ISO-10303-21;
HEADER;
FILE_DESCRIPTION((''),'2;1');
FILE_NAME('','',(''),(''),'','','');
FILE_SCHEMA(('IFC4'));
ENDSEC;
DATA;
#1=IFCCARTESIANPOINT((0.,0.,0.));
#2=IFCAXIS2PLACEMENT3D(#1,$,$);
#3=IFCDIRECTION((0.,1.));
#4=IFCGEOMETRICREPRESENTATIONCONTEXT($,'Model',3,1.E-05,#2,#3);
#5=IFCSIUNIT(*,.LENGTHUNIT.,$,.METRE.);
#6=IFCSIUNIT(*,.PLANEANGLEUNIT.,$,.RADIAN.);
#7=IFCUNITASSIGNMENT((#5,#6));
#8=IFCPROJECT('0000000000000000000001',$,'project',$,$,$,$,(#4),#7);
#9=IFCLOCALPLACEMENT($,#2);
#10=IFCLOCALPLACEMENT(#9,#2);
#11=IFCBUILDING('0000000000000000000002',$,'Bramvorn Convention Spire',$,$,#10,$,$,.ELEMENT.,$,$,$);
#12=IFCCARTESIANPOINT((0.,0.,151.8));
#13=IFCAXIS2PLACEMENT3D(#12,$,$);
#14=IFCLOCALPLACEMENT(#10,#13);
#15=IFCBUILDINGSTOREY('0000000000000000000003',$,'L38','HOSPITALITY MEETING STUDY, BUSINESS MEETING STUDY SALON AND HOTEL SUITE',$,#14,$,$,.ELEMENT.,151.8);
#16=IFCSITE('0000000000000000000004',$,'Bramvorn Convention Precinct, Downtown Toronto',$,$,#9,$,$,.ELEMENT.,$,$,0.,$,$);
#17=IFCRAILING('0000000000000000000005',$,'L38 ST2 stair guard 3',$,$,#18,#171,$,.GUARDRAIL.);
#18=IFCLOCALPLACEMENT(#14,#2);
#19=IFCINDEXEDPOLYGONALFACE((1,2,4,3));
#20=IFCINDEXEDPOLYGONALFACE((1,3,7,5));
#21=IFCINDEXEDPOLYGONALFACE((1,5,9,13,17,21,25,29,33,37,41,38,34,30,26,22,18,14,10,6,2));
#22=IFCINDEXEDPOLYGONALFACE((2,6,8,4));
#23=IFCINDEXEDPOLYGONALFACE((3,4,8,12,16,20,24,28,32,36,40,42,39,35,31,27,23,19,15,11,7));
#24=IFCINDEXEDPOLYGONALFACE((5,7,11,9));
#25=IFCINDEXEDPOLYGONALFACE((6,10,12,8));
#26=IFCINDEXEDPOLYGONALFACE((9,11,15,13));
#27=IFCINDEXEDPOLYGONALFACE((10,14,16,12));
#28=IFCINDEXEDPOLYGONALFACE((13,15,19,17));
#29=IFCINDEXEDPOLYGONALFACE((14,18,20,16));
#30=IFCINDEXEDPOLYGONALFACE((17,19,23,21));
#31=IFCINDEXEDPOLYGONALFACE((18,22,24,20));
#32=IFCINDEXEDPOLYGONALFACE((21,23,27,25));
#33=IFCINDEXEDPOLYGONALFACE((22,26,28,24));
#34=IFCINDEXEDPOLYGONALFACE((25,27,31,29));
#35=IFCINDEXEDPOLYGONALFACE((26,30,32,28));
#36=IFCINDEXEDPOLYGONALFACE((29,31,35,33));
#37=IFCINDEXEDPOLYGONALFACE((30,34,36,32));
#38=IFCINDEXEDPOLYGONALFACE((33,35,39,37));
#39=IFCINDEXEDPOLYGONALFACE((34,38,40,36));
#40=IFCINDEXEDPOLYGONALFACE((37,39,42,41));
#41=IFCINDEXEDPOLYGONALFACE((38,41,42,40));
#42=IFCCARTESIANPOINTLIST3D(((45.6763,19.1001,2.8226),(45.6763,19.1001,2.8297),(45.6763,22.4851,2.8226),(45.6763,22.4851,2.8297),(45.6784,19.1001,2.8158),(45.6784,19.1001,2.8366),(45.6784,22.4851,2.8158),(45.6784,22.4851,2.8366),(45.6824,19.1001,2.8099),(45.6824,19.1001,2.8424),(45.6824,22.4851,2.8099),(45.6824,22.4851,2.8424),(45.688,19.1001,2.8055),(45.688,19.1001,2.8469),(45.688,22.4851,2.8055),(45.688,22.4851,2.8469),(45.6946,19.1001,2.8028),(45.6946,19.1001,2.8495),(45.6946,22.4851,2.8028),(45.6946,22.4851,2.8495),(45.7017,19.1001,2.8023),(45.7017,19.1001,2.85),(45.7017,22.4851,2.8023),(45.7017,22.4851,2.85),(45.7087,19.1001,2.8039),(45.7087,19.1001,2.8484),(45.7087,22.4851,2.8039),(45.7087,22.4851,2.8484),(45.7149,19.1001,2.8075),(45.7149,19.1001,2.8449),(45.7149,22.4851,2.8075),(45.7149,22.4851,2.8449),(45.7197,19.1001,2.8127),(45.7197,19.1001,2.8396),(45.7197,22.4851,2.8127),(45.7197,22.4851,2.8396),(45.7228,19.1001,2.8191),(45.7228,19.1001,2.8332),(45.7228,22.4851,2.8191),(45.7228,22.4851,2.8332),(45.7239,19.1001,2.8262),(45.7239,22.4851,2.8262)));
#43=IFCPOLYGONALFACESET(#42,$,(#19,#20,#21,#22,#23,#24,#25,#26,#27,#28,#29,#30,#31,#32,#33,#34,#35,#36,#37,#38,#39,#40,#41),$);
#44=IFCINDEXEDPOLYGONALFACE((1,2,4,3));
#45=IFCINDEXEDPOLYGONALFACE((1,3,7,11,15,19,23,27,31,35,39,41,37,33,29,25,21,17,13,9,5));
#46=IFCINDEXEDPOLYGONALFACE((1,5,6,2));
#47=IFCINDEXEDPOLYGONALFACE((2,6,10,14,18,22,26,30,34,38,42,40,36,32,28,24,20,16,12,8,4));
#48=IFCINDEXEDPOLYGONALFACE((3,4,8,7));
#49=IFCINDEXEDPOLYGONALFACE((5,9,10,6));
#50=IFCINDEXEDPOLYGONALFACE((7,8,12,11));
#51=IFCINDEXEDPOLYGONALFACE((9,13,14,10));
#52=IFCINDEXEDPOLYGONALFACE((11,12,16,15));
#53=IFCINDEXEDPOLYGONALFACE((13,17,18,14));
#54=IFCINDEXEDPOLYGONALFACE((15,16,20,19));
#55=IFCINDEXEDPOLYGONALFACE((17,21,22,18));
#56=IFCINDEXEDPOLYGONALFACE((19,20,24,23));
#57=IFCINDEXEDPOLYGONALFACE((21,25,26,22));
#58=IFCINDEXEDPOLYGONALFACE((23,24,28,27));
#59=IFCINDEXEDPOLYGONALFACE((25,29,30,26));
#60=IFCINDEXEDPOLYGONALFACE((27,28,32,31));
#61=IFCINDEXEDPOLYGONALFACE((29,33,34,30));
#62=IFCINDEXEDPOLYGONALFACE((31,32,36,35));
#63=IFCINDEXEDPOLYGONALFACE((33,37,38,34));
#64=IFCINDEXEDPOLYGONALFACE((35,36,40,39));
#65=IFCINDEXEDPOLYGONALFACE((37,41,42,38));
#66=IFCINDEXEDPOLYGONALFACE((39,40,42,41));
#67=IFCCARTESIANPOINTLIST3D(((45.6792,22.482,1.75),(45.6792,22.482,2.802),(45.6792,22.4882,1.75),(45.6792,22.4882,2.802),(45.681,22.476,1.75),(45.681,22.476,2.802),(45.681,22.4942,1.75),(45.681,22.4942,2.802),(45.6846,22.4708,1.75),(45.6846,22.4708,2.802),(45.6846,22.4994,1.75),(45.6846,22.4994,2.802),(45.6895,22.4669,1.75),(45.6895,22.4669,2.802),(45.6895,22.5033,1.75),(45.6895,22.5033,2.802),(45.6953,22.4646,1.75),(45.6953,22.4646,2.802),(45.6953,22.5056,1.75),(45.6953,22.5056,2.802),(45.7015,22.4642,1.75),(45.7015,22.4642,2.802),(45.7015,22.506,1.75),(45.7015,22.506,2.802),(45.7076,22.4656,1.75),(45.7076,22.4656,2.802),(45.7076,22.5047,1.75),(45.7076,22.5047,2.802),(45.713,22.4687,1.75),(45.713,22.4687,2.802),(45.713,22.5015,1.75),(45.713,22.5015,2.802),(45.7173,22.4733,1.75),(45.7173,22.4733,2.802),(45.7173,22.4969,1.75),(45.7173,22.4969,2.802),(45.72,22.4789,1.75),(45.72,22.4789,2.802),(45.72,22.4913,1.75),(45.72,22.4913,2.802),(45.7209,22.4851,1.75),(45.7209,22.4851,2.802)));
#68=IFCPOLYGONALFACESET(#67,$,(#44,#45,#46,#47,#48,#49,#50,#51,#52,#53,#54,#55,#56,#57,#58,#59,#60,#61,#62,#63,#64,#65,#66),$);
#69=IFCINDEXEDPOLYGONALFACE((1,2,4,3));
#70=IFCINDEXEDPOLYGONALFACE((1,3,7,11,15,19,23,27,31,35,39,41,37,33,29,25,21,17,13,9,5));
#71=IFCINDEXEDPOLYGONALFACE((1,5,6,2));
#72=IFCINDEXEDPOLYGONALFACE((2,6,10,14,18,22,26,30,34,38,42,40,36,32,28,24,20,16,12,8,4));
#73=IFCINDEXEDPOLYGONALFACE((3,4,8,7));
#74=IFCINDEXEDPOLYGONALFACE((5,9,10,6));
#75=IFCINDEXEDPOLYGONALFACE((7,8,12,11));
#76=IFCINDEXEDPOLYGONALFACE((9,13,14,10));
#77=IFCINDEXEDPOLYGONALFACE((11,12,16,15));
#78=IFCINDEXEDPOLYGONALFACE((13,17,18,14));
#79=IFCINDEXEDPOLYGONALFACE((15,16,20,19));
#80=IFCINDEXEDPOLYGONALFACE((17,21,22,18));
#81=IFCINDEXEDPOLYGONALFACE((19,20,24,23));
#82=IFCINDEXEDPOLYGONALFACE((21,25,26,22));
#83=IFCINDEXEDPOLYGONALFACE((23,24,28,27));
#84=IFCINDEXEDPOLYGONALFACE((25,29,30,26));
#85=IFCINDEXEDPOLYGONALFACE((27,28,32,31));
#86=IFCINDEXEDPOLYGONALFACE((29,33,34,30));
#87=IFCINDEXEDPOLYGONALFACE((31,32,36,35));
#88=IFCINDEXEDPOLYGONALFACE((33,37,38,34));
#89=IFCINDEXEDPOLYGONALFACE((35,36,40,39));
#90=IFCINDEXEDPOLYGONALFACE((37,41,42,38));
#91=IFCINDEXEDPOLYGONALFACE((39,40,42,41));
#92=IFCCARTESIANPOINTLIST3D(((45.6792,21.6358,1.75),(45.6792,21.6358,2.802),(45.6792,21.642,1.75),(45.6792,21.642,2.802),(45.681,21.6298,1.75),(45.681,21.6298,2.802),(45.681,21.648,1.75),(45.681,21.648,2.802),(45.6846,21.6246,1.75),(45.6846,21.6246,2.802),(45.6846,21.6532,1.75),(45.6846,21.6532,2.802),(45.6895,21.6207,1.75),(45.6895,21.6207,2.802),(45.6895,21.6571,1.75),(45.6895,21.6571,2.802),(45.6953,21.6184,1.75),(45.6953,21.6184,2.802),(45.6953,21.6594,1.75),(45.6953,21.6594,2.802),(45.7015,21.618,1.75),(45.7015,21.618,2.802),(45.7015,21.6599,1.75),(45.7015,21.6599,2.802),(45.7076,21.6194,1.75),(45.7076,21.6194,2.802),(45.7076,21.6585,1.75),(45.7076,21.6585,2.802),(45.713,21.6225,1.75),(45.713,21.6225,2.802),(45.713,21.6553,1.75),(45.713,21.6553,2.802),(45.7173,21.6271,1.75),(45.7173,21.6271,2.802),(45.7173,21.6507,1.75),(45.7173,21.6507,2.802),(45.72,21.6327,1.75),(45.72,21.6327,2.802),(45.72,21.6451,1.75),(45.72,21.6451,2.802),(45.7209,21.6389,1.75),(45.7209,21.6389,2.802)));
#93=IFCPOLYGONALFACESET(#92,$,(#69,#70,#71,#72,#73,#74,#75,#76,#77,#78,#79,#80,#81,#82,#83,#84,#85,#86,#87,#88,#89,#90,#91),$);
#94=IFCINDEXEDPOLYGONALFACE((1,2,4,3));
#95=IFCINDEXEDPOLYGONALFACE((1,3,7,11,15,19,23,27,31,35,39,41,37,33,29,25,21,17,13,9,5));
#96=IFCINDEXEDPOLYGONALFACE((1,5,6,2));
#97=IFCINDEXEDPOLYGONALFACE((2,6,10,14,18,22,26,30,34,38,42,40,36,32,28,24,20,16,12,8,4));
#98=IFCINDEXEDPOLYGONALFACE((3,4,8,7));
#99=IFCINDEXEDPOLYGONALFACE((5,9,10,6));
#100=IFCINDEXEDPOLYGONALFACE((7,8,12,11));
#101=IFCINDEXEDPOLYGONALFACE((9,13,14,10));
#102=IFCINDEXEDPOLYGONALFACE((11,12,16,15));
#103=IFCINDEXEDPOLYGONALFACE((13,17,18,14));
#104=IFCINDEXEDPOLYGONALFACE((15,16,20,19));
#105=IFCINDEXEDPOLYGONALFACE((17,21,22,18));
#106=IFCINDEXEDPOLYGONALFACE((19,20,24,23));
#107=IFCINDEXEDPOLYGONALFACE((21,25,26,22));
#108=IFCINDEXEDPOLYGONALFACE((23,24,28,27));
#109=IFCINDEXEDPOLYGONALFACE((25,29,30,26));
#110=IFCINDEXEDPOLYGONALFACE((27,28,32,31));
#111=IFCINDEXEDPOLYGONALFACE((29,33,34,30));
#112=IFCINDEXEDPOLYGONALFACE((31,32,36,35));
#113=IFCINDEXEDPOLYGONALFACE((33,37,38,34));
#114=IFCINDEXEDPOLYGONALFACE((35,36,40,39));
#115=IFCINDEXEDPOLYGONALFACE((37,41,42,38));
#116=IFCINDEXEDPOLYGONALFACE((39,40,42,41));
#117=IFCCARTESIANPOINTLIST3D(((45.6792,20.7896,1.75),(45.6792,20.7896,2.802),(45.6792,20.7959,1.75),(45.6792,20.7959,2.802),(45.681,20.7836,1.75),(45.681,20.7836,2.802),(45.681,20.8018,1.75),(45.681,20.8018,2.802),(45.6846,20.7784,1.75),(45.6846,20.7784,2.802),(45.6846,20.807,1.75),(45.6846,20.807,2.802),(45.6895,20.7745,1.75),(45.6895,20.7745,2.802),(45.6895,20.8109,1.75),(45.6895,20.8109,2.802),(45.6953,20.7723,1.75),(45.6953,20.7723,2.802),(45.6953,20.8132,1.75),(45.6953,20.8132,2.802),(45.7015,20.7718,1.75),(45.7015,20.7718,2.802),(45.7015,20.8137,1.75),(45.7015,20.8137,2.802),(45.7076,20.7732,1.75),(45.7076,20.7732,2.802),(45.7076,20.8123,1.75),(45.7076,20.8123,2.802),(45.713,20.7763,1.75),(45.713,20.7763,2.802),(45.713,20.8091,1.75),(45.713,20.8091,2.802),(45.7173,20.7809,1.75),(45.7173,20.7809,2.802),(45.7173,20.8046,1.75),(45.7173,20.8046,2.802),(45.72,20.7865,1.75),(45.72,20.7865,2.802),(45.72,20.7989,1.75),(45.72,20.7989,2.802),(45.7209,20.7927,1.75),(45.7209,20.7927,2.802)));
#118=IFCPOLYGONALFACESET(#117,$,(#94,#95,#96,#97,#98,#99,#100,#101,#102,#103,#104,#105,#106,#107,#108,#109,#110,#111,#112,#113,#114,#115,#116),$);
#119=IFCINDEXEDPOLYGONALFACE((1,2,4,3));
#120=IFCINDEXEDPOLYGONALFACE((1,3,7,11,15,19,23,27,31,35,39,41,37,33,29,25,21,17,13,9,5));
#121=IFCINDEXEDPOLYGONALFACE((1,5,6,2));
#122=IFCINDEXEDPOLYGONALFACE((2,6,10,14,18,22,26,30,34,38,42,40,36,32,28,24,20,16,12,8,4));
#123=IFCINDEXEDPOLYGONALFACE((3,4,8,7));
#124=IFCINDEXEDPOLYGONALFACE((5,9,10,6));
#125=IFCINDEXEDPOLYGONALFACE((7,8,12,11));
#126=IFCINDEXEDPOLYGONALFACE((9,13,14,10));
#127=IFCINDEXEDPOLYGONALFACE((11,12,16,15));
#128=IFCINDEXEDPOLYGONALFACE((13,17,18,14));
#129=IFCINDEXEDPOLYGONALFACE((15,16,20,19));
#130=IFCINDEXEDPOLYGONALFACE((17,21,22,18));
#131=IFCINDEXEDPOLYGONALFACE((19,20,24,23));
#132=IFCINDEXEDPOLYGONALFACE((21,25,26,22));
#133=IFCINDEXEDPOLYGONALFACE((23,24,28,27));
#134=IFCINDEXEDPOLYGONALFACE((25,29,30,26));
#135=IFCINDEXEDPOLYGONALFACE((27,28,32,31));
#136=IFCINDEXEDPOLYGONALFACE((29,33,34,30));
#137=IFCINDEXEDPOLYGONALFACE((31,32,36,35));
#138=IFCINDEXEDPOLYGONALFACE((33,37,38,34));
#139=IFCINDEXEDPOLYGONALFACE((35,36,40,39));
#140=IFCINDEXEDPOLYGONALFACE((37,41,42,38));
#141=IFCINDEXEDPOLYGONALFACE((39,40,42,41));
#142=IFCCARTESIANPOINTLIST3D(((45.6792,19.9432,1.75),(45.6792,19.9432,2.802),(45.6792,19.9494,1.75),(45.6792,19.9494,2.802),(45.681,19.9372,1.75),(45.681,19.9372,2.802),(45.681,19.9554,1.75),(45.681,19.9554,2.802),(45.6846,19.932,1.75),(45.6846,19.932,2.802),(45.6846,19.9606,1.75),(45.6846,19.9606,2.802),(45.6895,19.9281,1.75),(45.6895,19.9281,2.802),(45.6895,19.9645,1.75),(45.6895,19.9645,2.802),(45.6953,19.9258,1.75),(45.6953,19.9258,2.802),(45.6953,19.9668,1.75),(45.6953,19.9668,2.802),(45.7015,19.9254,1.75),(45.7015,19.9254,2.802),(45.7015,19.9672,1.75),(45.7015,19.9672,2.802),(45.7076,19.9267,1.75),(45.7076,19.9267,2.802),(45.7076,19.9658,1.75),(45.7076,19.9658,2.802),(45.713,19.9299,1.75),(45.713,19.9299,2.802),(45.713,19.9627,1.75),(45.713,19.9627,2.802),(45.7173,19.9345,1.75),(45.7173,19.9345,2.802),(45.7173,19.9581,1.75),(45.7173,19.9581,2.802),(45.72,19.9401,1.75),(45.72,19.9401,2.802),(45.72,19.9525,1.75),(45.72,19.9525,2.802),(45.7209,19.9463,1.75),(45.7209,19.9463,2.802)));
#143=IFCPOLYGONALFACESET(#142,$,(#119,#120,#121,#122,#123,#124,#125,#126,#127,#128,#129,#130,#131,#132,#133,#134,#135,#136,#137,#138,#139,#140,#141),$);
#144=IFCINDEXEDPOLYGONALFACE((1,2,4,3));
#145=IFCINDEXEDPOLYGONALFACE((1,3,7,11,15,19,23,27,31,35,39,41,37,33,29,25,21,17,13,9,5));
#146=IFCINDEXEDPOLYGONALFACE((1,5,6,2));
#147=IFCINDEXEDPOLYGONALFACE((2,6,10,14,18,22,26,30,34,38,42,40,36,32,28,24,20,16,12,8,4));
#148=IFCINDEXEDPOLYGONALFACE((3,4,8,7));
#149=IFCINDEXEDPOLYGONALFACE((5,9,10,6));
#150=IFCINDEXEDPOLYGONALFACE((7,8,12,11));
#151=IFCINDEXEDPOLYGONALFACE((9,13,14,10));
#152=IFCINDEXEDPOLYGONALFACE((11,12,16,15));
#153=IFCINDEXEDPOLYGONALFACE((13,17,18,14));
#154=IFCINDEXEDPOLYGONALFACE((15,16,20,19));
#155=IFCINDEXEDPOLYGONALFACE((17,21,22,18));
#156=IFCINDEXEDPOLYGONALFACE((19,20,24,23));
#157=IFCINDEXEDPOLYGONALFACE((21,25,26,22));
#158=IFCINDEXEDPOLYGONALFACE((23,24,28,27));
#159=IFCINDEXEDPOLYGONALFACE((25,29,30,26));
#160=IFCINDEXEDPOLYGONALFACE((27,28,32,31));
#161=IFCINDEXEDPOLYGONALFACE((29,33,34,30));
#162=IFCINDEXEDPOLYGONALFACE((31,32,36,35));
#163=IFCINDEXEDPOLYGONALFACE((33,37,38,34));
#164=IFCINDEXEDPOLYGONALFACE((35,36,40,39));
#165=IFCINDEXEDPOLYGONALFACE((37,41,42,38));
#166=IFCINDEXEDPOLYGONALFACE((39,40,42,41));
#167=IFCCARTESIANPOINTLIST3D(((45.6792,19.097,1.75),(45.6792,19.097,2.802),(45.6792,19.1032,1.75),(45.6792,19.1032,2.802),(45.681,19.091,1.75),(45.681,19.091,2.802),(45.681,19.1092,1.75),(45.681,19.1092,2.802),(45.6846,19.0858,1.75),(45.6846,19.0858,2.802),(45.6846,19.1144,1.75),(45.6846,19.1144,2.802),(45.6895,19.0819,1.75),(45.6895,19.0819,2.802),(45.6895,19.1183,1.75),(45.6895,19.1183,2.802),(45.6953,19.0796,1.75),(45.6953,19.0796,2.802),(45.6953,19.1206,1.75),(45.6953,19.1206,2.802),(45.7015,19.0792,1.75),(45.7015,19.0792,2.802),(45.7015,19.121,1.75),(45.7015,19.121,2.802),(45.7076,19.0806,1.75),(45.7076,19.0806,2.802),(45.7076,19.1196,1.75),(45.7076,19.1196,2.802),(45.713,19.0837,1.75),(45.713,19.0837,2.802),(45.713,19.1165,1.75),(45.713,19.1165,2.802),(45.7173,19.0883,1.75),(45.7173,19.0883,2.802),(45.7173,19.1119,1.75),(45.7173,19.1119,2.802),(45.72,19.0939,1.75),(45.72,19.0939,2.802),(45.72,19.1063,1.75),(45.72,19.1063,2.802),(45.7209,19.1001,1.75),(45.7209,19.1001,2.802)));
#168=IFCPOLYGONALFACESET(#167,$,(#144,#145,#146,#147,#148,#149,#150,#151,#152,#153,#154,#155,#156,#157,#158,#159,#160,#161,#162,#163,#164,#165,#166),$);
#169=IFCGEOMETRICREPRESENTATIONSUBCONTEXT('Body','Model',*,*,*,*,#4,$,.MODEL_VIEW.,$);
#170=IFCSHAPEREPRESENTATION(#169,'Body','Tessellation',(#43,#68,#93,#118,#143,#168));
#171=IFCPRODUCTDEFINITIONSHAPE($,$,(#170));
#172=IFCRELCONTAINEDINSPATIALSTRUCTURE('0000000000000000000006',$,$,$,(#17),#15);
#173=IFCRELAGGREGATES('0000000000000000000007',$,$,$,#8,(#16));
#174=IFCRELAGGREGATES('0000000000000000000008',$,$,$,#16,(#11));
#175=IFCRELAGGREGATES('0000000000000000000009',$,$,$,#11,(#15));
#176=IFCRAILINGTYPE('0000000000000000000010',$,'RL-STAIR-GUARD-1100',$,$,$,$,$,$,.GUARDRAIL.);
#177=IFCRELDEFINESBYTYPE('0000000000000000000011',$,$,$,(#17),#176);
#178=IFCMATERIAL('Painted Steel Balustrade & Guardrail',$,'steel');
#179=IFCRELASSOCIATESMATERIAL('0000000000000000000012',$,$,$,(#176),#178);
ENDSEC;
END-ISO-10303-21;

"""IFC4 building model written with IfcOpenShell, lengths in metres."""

from ifc_helpers import new_model, si_unit, direction, frame, origin, origin_2d, place, context, subcontext, project, spatial, circle, extrude, material, type_object, element, save


model = new_model("IFC4")

# Units and contexts
model_context = context("Model", 3, precision=1e-05, world=origin(), true_north=direction((0.0, 1.0)))
body_context = subcontext(model_context, "Body", "Model", "MODEL_VIEW")
ifc_project = project(units=[si_unit("LENGTHUNIT", "METRE"), si_unit("PLANEANGLEUNIT", "RADIAN")], contexts=[model_context])

# Site, building, storey
site_placement = place(None, origin())
site = spatial("IfcSite", under=ifc_project, at=site_placement, Name="Bramvorn Convention Precinct, Downtown Toronto", CompositionType="ELEMENT", RefElevation=0.0)
building_placement = place(site_placement, origin())
building = spatial("IfcBuilding", under=site, at=building_placement, Name="Bramvorn Convention Spire", CompositionType="ELEMENT")
storey_placement = place(building_placement, frame((0.0, 0.0, 151.8)))
storey = spatial("IfcBuildingStorey", under=building, at=storey_placement, Name="L38", Description="HOSPITALITY MEETING STUDY, BUSINESS MEETING STUDY SALON AND HOTEL SUITE", CompositionType="ELEMENT", Elevation=151.8)

# Railing
ifc_material_1 = material(Name="Painted Steel Balustrade & Guardrail", Category="steel")
railing_type_1 = type_object("IfcRailingType", Name="RL-STAIR-GUARD-1100", PredefinedType="GUARDRAIL", material=ifc_material_1)
railing_1_placement = place(storey_placement, frame((45.7, 22.4851, 1.75)))
element("IfcRailing", 1, at=railing_1_placement, inside=storey, type_object=railing_type_1, Name="L38 ST2 stair guard 3", PredefinedType="GUARDRAIL", context=body_context, shape_type="SweptSolid", body=[
    extrude(circle(Radius=0.0239, at=origin_2d()), frame((0.0, 0.0, 1.0762), z_axis=(0.0, -1.0, 0.0), x_axis=(1.0, 0.0, 0.0)), (0.0, 0.0, 1.0), 3.385),
    extrude(circle(Radius=0.021, at=origin_2d()), origin(), (0.0, 0.0, 1.0), 1.052),
    extrude(circle(Radius=0.021, at=origin_2d()), frame((0.0, -0.8462, 0.0)), (0.0, 0.0, 1.0), 1.052),
    extrude(circle(Radius=0.021, at=origin_2d()), frame((0.0, -1.6924, 0.0)), (0.0, 0.0, 1.0), 1.052),
    extrude(circle(Radius=0.021, at=origin_2d()), frame((0.0, -2.5388, 0.0)), (0.0, 0.0, 1.0), 1.052),
    extrude(circle(Radius=0.021, at=origin_2d()), frame((0.0, -3.385, 0.0)), (0.0, 0.0, 1.0), 1.052),
])

save(model, "model.ifc")
